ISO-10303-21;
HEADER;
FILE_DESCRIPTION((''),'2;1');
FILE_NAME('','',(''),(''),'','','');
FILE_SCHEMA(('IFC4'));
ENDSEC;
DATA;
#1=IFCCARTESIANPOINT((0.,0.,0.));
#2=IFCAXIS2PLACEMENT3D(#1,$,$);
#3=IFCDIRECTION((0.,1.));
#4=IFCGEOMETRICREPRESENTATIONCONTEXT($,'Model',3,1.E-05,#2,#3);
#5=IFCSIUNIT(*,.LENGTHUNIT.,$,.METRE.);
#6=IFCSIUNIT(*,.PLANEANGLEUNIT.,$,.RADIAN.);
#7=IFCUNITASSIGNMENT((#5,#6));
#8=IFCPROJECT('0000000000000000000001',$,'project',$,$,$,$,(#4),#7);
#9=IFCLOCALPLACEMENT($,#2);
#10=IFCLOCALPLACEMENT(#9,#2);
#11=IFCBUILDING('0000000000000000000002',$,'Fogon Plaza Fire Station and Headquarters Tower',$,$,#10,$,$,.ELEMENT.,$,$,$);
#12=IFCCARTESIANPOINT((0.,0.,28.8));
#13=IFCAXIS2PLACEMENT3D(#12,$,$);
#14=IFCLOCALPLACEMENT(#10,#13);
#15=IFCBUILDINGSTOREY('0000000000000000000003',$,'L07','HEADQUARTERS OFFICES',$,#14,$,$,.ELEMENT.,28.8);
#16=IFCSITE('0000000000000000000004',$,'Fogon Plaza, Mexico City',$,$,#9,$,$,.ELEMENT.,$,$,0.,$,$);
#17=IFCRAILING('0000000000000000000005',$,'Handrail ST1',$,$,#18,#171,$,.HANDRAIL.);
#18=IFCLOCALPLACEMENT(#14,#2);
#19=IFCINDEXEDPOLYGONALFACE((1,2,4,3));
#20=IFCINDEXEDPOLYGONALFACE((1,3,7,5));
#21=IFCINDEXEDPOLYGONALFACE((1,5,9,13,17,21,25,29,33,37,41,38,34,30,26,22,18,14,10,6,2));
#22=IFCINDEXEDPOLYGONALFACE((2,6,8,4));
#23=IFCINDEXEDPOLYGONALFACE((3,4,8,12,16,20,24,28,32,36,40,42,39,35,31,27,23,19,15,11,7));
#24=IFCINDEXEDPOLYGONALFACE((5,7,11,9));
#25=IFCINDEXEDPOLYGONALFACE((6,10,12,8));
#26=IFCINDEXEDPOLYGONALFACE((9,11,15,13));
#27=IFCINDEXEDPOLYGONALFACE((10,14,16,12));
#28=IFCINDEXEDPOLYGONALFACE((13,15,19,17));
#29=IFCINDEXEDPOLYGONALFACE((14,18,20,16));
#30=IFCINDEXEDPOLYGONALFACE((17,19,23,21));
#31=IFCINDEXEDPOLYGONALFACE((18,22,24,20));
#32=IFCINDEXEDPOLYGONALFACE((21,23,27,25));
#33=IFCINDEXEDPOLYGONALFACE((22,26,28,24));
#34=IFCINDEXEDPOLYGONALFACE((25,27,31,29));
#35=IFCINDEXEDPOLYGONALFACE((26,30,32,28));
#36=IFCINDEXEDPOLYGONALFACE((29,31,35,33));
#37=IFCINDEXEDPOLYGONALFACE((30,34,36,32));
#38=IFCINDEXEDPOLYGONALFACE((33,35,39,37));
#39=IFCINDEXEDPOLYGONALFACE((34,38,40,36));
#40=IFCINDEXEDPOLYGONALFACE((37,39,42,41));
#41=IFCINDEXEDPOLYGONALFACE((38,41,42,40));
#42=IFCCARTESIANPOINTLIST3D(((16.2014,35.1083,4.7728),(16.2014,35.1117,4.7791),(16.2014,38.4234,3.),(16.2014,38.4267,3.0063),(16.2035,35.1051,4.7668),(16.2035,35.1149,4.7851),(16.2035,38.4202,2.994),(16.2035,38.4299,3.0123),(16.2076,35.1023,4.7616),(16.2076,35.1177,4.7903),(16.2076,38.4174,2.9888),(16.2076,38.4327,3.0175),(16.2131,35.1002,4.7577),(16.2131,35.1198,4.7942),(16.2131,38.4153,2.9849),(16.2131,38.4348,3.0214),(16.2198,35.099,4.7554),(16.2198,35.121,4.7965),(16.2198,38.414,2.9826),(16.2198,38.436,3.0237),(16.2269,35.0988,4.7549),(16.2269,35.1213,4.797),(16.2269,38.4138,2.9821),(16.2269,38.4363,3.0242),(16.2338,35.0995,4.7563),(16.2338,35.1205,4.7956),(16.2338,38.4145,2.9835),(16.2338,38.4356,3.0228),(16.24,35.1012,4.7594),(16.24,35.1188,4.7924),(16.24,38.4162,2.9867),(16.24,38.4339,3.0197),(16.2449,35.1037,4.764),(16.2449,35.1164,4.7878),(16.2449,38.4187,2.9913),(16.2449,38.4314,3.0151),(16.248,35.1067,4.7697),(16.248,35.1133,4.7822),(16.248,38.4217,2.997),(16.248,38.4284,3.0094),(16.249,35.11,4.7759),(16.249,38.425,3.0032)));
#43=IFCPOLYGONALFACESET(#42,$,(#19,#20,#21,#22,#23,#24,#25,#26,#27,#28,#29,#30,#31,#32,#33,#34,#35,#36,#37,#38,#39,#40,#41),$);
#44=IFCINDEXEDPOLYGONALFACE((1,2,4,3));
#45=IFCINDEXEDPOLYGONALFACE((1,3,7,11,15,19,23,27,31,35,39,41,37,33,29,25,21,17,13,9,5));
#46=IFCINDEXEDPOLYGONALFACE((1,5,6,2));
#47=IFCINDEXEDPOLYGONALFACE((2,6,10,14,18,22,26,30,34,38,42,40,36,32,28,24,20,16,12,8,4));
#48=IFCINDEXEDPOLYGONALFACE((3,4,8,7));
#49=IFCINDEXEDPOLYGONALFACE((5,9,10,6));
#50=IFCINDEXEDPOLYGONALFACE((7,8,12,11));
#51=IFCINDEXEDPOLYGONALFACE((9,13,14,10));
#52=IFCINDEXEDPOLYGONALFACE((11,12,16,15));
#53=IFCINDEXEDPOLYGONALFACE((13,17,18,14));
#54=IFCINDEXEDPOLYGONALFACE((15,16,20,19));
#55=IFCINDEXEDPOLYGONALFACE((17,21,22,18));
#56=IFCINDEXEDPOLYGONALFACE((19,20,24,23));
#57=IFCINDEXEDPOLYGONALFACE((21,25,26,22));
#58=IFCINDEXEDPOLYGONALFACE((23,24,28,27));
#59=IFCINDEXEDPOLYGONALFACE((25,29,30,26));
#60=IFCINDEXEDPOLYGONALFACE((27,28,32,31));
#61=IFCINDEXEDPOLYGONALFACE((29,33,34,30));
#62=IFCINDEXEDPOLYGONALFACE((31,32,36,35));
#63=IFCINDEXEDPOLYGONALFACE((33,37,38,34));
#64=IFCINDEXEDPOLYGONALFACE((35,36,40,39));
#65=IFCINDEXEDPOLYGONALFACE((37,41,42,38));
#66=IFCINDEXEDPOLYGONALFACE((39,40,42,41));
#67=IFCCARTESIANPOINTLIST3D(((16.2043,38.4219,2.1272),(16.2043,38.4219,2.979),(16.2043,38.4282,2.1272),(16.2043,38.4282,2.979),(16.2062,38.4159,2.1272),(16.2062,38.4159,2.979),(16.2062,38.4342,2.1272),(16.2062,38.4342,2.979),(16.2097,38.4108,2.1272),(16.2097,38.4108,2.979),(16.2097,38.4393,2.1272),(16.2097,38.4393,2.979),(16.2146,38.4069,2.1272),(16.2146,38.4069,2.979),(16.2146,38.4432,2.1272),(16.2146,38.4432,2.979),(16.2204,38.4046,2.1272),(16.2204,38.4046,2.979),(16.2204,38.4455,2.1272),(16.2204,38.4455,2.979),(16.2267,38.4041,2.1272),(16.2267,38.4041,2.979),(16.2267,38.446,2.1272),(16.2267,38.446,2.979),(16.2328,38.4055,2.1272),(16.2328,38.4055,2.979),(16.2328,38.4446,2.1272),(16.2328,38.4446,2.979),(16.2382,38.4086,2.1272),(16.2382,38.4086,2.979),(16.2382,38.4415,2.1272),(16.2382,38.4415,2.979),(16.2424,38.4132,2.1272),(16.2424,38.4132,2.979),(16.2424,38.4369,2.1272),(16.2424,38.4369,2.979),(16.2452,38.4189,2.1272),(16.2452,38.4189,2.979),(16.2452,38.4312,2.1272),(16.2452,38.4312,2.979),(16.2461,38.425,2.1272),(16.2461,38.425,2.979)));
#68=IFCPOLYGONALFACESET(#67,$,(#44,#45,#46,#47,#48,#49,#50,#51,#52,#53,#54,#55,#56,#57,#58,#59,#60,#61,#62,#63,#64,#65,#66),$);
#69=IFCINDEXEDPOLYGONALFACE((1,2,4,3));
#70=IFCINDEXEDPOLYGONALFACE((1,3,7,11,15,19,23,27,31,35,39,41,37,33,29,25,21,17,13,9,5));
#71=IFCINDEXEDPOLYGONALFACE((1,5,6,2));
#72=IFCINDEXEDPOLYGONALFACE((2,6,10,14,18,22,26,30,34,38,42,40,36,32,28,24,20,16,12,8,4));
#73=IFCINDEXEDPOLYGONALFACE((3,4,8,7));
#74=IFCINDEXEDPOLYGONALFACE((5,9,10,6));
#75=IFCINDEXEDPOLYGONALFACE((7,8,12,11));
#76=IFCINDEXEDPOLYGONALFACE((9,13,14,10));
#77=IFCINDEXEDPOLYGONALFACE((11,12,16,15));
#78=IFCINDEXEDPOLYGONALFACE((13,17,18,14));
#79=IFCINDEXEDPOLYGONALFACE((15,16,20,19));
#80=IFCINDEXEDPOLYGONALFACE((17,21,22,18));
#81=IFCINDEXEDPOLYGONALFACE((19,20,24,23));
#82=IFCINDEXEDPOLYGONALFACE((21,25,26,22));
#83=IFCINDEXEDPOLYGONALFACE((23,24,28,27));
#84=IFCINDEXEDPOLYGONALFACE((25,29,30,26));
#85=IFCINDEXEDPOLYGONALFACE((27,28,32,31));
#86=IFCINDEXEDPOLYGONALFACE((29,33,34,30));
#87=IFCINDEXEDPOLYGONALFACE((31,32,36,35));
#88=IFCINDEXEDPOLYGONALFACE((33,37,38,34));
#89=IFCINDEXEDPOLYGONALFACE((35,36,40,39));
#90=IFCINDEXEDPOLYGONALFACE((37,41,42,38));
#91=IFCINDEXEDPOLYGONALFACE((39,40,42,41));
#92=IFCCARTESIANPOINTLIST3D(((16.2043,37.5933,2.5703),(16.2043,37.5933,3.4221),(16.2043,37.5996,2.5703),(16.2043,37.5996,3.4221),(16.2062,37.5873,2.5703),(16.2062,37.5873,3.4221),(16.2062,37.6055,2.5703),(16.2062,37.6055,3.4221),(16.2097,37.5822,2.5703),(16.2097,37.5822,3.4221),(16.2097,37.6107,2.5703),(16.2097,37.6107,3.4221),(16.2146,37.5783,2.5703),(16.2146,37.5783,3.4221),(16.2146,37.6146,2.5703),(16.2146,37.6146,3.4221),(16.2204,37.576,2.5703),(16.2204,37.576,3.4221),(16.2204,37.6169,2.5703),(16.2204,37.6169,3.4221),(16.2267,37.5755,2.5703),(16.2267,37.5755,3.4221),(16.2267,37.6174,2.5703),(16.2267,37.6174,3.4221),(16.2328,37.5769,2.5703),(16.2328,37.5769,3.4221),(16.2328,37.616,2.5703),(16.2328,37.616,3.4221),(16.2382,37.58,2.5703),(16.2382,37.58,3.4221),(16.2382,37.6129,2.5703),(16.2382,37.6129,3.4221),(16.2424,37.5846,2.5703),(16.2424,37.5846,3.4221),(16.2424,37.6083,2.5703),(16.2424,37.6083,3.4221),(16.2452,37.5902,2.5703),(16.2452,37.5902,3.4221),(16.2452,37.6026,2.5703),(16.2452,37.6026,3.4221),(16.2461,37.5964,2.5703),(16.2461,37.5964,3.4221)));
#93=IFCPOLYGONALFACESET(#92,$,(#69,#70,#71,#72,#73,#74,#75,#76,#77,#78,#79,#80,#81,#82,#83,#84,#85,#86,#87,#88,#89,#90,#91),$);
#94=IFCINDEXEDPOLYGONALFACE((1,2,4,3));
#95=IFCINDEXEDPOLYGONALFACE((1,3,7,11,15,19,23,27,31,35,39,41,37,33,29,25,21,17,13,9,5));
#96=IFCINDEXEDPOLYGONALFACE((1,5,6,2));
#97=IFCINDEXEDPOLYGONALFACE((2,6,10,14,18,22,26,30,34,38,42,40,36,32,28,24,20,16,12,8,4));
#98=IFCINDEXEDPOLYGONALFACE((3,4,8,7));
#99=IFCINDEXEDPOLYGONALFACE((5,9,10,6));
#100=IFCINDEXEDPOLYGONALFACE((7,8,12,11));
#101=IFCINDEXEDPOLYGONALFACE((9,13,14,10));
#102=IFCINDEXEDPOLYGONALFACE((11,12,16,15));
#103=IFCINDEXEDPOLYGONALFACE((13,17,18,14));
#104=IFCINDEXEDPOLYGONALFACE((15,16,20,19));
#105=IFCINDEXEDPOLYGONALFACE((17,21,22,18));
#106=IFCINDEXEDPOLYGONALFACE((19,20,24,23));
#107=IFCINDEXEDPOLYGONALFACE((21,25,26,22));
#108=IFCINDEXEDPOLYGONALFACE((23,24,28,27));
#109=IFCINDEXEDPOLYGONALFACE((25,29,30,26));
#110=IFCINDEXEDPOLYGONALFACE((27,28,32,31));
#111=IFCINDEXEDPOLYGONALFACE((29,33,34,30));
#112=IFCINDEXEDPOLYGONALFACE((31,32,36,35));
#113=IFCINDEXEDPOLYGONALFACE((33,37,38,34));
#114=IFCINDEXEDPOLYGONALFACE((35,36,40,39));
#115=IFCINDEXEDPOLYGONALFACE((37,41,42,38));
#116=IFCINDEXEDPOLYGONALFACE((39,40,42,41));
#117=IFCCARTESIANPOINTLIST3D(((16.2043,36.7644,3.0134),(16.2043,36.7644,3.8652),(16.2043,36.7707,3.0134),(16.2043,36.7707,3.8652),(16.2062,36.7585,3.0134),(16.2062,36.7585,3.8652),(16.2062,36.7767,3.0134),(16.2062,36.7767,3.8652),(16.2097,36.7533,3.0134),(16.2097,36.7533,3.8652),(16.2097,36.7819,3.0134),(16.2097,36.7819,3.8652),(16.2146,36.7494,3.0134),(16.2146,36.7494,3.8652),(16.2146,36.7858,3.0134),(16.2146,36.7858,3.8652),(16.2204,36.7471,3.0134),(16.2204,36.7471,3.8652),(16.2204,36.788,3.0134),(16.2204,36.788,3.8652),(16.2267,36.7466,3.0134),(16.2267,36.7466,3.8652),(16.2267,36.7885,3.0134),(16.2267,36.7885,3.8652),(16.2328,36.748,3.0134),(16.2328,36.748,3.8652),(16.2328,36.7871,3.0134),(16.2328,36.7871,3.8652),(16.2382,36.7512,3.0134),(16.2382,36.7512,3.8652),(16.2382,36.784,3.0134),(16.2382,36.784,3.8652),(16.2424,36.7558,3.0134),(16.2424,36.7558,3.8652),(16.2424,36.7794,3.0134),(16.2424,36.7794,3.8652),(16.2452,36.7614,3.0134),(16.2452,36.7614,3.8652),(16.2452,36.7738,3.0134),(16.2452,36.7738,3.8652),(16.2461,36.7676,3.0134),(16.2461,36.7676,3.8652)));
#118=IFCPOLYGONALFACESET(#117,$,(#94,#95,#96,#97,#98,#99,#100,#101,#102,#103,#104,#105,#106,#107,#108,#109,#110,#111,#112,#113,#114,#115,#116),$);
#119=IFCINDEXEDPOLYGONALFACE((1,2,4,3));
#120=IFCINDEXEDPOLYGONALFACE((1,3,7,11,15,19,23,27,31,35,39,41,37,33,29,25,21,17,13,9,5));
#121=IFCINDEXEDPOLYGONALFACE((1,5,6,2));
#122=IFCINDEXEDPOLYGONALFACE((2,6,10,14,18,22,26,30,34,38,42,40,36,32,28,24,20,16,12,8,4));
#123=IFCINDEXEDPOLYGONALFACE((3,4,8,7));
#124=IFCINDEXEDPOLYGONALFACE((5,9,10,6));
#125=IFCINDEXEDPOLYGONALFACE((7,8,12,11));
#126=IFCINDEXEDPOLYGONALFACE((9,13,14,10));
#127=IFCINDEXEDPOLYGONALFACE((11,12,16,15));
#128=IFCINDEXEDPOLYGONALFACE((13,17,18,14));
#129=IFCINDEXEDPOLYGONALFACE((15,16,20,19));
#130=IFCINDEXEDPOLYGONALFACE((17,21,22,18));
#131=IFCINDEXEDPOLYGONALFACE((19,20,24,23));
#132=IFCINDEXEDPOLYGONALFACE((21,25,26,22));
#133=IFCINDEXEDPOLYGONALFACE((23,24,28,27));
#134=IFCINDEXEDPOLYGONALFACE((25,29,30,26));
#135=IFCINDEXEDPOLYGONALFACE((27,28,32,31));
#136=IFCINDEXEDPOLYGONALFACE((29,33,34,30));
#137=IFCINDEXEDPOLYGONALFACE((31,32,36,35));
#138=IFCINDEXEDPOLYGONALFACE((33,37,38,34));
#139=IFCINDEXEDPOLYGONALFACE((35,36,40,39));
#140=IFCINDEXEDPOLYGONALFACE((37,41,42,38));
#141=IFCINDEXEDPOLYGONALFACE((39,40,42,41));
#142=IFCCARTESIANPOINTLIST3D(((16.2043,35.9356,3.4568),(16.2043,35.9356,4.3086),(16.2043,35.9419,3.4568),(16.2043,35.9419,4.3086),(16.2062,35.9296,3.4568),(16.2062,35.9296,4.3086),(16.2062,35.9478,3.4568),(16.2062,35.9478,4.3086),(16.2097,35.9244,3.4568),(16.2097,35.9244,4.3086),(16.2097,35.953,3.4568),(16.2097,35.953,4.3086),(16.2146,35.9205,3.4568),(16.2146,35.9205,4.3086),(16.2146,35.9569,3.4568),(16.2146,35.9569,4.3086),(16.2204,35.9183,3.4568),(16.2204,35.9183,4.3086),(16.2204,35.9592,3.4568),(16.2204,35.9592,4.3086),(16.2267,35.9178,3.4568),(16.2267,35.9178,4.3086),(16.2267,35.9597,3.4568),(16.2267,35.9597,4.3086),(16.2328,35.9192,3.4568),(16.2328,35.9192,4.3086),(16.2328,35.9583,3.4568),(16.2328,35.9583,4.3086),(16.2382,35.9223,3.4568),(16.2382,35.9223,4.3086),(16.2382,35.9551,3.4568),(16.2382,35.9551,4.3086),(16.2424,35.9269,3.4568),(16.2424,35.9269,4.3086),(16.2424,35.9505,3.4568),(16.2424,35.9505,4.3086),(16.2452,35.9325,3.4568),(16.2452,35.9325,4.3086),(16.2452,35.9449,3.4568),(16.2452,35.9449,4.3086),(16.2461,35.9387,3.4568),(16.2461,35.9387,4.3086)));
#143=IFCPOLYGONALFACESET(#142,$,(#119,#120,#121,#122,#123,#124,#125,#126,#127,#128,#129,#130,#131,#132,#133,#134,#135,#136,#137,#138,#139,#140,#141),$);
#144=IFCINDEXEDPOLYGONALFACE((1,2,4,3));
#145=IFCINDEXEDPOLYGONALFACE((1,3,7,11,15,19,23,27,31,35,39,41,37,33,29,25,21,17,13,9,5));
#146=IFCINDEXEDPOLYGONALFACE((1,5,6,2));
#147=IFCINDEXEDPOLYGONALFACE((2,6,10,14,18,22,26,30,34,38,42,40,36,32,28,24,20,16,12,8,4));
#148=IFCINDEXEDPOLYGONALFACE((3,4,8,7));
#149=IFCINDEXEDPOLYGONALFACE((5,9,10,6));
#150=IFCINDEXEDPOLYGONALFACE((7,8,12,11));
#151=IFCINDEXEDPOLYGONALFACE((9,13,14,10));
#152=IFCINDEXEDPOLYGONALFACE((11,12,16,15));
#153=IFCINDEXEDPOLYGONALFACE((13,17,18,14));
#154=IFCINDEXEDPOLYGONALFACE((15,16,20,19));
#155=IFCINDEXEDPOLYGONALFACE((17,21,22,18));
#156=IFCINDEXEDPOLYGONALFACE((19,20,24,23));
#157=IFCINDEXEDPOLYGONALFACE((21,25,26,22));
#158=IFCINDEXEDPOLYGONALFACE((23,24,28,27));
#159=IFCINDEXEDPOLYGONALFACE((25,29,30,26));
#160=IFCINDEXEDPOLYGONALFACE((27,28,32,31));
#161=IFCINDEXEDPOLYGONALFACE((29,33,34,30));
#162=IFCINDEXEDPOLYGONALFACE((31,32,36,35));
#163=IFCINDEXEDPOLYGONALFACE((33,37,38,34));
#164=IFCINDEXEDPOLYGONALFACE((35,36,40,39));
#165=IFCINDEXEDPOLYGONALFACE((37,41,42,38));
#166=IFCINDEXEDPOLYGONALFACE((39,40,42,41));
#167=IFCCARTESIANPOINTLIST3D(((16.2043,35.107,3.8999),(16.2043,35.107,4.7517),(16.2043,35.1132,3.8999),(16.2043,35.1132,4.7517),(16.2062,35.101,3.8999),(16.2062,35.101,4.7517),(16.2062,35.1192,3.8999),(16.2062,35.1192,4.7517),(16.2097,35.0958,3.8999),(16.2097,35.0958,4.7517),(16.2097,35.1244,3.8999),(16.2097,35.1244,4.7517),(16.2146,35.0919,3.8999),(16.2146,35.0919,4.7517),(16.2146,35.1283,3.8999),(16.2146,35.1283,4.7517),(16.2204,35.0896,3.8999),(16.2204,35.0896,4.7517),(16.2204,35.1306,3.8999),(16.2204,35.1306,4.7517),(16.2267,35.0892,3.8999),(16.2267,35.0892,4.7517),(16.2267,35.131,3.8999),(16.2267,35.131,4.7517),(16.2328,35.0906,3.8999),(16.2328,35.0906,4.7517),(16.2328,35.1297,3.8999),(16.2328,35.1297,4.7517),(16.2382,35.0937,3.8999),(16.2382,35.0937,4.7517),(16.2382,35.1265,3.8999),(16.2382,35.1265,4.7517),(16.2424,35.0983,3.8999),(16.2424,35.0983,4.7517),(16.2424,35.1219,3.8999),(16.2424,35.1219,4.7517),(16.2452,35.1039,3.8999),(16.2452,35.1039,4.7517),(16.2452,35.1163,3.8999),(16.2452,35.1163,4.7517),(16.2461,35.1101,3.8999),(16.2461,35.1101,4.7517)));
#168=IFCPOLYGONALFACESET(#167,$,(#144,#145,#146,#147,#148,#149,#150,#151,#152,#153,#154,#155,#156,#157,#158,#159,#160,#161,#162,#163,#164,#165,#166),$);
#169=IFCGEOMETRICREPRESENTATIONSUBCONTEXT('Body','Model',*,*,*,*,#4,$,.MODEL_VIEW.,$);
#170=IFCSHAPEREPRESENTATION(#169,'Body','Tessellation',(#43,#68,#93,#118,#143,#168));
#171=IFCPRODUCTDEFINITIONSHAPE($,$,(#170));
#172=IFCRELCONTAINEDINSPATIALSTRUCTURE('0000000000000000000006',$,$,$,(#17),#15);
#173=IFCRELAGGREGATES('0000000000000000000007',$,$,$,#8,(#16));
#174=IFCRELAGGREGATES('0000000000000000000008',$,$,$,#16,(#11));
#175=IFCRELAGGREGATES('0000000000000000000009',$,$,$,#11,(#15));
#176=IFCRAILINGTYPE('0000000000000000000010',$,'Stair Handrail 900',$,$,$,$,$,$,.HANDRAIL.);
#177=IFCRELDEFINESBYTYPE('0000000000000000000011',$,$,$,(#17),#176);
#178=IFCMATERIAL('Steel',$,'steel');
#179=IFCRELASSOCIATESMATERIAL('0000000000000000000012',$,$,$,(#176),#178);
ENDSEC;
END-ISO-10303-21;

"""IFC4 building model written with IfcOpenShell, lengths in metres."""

from ifc_helpers import new_model, si_unit, direction, frame, origin, origin_2d, place, context, subcontext, project, spatial, circle, extrude, material, type_object, element, save


model = new_model("IFC4")

# Units and contexts
model_context = context("Model", 3, precision=1e-05, world=origin(), true_north=direction((0.0, 1.0)))
body_context = subcontext(model_context, "Body", "Model", "MODEL_VIEW")
ifc_project = project(units=[si_unit("LENGTHUNIT", "METRE"), si_unit("PLANEANGLEUNIT", "RADIAN")], contexts=[model_context])

# Site, building, storey
site_placement = place(None, origin())
site = spatial("IfcSite", under=ifc_project, at=site_placement, Name="Fogon Plaza, Mexico City", CompositionType="ELEMENT", RefElevation=0.0)
building_placement = place(site_placement, origin())
building = spatial("IfcBuilding", under=site, at=building_placement, Name="Fogon Plaza Fire Station and Headquarters Tower", CompositionType="ELEMENT")
storey_placement = place(building_placement, frame((0.0, 0.0, 28.8)))
storey = spatial("IfcBuildingStorey", under=building, at=storey_placement, Name="L07", Description="HEADQUARTERS OFFICES", CompositionType="ELEMENT", Elevation=28.8)

# Railing
ifc_material_1 = material(Name="Steel", Category="steel")
railing_type = type_object("IfcRailingType", Name="Stair Handrail 900", PredefinedType="HANDRAIL", material=ifc_material_1)
for number, where, name in (
    (1, (16.2251, 38.425, 2.1272), "Handrail ST1"),
):
    element("IfcRailing", number, at=place(storey_placement, frame(where)), inside=storey, type_object=railing_type, Name=name, PredefinedType="HANDRAIL", context=body_context, shape_type="SweptSolid", body=[
        extrude(circle(Radius=0.0239, at=origin_2d()), frame((0.0, 0.0, 0.876), z_axis=(0.0, -0.881829, 0.471569), x_axis=(1.0, 0.0, 0.0)), (0.0, 0.0, 1.0), 3.7593),
        extrude(circle(Radius=0.021, at=origin_2d()), origin(), (0.0, 0.0, 1.0), 0.8518),
        extrude(circle(Radius=0.021, at=origin_2d()), frame((0.0, -0.8286, 0.4431)), (0.0, 0.0, 1.0), 0.8518),
        extrude(circle(Radius=0.021, at=origin_2d()), frame((0.0, -1.6575, 0.8862)), (0.0, 0.0, 1.0), 0.8518),
        extrude(circle(Radius=0.021, at=origin_2d()), frame((0.0, -2.4863, 1.3296)), (0.0, 0.0, 1.0), 0.8518),
        extrude(circle(Radius=0.021, at=origin_2d()), frame((0.0, -3.3149, 1.7727)), (0.0, 0.0, 1.0), 0.8518),
    ])

save(model, "model.ifc")
